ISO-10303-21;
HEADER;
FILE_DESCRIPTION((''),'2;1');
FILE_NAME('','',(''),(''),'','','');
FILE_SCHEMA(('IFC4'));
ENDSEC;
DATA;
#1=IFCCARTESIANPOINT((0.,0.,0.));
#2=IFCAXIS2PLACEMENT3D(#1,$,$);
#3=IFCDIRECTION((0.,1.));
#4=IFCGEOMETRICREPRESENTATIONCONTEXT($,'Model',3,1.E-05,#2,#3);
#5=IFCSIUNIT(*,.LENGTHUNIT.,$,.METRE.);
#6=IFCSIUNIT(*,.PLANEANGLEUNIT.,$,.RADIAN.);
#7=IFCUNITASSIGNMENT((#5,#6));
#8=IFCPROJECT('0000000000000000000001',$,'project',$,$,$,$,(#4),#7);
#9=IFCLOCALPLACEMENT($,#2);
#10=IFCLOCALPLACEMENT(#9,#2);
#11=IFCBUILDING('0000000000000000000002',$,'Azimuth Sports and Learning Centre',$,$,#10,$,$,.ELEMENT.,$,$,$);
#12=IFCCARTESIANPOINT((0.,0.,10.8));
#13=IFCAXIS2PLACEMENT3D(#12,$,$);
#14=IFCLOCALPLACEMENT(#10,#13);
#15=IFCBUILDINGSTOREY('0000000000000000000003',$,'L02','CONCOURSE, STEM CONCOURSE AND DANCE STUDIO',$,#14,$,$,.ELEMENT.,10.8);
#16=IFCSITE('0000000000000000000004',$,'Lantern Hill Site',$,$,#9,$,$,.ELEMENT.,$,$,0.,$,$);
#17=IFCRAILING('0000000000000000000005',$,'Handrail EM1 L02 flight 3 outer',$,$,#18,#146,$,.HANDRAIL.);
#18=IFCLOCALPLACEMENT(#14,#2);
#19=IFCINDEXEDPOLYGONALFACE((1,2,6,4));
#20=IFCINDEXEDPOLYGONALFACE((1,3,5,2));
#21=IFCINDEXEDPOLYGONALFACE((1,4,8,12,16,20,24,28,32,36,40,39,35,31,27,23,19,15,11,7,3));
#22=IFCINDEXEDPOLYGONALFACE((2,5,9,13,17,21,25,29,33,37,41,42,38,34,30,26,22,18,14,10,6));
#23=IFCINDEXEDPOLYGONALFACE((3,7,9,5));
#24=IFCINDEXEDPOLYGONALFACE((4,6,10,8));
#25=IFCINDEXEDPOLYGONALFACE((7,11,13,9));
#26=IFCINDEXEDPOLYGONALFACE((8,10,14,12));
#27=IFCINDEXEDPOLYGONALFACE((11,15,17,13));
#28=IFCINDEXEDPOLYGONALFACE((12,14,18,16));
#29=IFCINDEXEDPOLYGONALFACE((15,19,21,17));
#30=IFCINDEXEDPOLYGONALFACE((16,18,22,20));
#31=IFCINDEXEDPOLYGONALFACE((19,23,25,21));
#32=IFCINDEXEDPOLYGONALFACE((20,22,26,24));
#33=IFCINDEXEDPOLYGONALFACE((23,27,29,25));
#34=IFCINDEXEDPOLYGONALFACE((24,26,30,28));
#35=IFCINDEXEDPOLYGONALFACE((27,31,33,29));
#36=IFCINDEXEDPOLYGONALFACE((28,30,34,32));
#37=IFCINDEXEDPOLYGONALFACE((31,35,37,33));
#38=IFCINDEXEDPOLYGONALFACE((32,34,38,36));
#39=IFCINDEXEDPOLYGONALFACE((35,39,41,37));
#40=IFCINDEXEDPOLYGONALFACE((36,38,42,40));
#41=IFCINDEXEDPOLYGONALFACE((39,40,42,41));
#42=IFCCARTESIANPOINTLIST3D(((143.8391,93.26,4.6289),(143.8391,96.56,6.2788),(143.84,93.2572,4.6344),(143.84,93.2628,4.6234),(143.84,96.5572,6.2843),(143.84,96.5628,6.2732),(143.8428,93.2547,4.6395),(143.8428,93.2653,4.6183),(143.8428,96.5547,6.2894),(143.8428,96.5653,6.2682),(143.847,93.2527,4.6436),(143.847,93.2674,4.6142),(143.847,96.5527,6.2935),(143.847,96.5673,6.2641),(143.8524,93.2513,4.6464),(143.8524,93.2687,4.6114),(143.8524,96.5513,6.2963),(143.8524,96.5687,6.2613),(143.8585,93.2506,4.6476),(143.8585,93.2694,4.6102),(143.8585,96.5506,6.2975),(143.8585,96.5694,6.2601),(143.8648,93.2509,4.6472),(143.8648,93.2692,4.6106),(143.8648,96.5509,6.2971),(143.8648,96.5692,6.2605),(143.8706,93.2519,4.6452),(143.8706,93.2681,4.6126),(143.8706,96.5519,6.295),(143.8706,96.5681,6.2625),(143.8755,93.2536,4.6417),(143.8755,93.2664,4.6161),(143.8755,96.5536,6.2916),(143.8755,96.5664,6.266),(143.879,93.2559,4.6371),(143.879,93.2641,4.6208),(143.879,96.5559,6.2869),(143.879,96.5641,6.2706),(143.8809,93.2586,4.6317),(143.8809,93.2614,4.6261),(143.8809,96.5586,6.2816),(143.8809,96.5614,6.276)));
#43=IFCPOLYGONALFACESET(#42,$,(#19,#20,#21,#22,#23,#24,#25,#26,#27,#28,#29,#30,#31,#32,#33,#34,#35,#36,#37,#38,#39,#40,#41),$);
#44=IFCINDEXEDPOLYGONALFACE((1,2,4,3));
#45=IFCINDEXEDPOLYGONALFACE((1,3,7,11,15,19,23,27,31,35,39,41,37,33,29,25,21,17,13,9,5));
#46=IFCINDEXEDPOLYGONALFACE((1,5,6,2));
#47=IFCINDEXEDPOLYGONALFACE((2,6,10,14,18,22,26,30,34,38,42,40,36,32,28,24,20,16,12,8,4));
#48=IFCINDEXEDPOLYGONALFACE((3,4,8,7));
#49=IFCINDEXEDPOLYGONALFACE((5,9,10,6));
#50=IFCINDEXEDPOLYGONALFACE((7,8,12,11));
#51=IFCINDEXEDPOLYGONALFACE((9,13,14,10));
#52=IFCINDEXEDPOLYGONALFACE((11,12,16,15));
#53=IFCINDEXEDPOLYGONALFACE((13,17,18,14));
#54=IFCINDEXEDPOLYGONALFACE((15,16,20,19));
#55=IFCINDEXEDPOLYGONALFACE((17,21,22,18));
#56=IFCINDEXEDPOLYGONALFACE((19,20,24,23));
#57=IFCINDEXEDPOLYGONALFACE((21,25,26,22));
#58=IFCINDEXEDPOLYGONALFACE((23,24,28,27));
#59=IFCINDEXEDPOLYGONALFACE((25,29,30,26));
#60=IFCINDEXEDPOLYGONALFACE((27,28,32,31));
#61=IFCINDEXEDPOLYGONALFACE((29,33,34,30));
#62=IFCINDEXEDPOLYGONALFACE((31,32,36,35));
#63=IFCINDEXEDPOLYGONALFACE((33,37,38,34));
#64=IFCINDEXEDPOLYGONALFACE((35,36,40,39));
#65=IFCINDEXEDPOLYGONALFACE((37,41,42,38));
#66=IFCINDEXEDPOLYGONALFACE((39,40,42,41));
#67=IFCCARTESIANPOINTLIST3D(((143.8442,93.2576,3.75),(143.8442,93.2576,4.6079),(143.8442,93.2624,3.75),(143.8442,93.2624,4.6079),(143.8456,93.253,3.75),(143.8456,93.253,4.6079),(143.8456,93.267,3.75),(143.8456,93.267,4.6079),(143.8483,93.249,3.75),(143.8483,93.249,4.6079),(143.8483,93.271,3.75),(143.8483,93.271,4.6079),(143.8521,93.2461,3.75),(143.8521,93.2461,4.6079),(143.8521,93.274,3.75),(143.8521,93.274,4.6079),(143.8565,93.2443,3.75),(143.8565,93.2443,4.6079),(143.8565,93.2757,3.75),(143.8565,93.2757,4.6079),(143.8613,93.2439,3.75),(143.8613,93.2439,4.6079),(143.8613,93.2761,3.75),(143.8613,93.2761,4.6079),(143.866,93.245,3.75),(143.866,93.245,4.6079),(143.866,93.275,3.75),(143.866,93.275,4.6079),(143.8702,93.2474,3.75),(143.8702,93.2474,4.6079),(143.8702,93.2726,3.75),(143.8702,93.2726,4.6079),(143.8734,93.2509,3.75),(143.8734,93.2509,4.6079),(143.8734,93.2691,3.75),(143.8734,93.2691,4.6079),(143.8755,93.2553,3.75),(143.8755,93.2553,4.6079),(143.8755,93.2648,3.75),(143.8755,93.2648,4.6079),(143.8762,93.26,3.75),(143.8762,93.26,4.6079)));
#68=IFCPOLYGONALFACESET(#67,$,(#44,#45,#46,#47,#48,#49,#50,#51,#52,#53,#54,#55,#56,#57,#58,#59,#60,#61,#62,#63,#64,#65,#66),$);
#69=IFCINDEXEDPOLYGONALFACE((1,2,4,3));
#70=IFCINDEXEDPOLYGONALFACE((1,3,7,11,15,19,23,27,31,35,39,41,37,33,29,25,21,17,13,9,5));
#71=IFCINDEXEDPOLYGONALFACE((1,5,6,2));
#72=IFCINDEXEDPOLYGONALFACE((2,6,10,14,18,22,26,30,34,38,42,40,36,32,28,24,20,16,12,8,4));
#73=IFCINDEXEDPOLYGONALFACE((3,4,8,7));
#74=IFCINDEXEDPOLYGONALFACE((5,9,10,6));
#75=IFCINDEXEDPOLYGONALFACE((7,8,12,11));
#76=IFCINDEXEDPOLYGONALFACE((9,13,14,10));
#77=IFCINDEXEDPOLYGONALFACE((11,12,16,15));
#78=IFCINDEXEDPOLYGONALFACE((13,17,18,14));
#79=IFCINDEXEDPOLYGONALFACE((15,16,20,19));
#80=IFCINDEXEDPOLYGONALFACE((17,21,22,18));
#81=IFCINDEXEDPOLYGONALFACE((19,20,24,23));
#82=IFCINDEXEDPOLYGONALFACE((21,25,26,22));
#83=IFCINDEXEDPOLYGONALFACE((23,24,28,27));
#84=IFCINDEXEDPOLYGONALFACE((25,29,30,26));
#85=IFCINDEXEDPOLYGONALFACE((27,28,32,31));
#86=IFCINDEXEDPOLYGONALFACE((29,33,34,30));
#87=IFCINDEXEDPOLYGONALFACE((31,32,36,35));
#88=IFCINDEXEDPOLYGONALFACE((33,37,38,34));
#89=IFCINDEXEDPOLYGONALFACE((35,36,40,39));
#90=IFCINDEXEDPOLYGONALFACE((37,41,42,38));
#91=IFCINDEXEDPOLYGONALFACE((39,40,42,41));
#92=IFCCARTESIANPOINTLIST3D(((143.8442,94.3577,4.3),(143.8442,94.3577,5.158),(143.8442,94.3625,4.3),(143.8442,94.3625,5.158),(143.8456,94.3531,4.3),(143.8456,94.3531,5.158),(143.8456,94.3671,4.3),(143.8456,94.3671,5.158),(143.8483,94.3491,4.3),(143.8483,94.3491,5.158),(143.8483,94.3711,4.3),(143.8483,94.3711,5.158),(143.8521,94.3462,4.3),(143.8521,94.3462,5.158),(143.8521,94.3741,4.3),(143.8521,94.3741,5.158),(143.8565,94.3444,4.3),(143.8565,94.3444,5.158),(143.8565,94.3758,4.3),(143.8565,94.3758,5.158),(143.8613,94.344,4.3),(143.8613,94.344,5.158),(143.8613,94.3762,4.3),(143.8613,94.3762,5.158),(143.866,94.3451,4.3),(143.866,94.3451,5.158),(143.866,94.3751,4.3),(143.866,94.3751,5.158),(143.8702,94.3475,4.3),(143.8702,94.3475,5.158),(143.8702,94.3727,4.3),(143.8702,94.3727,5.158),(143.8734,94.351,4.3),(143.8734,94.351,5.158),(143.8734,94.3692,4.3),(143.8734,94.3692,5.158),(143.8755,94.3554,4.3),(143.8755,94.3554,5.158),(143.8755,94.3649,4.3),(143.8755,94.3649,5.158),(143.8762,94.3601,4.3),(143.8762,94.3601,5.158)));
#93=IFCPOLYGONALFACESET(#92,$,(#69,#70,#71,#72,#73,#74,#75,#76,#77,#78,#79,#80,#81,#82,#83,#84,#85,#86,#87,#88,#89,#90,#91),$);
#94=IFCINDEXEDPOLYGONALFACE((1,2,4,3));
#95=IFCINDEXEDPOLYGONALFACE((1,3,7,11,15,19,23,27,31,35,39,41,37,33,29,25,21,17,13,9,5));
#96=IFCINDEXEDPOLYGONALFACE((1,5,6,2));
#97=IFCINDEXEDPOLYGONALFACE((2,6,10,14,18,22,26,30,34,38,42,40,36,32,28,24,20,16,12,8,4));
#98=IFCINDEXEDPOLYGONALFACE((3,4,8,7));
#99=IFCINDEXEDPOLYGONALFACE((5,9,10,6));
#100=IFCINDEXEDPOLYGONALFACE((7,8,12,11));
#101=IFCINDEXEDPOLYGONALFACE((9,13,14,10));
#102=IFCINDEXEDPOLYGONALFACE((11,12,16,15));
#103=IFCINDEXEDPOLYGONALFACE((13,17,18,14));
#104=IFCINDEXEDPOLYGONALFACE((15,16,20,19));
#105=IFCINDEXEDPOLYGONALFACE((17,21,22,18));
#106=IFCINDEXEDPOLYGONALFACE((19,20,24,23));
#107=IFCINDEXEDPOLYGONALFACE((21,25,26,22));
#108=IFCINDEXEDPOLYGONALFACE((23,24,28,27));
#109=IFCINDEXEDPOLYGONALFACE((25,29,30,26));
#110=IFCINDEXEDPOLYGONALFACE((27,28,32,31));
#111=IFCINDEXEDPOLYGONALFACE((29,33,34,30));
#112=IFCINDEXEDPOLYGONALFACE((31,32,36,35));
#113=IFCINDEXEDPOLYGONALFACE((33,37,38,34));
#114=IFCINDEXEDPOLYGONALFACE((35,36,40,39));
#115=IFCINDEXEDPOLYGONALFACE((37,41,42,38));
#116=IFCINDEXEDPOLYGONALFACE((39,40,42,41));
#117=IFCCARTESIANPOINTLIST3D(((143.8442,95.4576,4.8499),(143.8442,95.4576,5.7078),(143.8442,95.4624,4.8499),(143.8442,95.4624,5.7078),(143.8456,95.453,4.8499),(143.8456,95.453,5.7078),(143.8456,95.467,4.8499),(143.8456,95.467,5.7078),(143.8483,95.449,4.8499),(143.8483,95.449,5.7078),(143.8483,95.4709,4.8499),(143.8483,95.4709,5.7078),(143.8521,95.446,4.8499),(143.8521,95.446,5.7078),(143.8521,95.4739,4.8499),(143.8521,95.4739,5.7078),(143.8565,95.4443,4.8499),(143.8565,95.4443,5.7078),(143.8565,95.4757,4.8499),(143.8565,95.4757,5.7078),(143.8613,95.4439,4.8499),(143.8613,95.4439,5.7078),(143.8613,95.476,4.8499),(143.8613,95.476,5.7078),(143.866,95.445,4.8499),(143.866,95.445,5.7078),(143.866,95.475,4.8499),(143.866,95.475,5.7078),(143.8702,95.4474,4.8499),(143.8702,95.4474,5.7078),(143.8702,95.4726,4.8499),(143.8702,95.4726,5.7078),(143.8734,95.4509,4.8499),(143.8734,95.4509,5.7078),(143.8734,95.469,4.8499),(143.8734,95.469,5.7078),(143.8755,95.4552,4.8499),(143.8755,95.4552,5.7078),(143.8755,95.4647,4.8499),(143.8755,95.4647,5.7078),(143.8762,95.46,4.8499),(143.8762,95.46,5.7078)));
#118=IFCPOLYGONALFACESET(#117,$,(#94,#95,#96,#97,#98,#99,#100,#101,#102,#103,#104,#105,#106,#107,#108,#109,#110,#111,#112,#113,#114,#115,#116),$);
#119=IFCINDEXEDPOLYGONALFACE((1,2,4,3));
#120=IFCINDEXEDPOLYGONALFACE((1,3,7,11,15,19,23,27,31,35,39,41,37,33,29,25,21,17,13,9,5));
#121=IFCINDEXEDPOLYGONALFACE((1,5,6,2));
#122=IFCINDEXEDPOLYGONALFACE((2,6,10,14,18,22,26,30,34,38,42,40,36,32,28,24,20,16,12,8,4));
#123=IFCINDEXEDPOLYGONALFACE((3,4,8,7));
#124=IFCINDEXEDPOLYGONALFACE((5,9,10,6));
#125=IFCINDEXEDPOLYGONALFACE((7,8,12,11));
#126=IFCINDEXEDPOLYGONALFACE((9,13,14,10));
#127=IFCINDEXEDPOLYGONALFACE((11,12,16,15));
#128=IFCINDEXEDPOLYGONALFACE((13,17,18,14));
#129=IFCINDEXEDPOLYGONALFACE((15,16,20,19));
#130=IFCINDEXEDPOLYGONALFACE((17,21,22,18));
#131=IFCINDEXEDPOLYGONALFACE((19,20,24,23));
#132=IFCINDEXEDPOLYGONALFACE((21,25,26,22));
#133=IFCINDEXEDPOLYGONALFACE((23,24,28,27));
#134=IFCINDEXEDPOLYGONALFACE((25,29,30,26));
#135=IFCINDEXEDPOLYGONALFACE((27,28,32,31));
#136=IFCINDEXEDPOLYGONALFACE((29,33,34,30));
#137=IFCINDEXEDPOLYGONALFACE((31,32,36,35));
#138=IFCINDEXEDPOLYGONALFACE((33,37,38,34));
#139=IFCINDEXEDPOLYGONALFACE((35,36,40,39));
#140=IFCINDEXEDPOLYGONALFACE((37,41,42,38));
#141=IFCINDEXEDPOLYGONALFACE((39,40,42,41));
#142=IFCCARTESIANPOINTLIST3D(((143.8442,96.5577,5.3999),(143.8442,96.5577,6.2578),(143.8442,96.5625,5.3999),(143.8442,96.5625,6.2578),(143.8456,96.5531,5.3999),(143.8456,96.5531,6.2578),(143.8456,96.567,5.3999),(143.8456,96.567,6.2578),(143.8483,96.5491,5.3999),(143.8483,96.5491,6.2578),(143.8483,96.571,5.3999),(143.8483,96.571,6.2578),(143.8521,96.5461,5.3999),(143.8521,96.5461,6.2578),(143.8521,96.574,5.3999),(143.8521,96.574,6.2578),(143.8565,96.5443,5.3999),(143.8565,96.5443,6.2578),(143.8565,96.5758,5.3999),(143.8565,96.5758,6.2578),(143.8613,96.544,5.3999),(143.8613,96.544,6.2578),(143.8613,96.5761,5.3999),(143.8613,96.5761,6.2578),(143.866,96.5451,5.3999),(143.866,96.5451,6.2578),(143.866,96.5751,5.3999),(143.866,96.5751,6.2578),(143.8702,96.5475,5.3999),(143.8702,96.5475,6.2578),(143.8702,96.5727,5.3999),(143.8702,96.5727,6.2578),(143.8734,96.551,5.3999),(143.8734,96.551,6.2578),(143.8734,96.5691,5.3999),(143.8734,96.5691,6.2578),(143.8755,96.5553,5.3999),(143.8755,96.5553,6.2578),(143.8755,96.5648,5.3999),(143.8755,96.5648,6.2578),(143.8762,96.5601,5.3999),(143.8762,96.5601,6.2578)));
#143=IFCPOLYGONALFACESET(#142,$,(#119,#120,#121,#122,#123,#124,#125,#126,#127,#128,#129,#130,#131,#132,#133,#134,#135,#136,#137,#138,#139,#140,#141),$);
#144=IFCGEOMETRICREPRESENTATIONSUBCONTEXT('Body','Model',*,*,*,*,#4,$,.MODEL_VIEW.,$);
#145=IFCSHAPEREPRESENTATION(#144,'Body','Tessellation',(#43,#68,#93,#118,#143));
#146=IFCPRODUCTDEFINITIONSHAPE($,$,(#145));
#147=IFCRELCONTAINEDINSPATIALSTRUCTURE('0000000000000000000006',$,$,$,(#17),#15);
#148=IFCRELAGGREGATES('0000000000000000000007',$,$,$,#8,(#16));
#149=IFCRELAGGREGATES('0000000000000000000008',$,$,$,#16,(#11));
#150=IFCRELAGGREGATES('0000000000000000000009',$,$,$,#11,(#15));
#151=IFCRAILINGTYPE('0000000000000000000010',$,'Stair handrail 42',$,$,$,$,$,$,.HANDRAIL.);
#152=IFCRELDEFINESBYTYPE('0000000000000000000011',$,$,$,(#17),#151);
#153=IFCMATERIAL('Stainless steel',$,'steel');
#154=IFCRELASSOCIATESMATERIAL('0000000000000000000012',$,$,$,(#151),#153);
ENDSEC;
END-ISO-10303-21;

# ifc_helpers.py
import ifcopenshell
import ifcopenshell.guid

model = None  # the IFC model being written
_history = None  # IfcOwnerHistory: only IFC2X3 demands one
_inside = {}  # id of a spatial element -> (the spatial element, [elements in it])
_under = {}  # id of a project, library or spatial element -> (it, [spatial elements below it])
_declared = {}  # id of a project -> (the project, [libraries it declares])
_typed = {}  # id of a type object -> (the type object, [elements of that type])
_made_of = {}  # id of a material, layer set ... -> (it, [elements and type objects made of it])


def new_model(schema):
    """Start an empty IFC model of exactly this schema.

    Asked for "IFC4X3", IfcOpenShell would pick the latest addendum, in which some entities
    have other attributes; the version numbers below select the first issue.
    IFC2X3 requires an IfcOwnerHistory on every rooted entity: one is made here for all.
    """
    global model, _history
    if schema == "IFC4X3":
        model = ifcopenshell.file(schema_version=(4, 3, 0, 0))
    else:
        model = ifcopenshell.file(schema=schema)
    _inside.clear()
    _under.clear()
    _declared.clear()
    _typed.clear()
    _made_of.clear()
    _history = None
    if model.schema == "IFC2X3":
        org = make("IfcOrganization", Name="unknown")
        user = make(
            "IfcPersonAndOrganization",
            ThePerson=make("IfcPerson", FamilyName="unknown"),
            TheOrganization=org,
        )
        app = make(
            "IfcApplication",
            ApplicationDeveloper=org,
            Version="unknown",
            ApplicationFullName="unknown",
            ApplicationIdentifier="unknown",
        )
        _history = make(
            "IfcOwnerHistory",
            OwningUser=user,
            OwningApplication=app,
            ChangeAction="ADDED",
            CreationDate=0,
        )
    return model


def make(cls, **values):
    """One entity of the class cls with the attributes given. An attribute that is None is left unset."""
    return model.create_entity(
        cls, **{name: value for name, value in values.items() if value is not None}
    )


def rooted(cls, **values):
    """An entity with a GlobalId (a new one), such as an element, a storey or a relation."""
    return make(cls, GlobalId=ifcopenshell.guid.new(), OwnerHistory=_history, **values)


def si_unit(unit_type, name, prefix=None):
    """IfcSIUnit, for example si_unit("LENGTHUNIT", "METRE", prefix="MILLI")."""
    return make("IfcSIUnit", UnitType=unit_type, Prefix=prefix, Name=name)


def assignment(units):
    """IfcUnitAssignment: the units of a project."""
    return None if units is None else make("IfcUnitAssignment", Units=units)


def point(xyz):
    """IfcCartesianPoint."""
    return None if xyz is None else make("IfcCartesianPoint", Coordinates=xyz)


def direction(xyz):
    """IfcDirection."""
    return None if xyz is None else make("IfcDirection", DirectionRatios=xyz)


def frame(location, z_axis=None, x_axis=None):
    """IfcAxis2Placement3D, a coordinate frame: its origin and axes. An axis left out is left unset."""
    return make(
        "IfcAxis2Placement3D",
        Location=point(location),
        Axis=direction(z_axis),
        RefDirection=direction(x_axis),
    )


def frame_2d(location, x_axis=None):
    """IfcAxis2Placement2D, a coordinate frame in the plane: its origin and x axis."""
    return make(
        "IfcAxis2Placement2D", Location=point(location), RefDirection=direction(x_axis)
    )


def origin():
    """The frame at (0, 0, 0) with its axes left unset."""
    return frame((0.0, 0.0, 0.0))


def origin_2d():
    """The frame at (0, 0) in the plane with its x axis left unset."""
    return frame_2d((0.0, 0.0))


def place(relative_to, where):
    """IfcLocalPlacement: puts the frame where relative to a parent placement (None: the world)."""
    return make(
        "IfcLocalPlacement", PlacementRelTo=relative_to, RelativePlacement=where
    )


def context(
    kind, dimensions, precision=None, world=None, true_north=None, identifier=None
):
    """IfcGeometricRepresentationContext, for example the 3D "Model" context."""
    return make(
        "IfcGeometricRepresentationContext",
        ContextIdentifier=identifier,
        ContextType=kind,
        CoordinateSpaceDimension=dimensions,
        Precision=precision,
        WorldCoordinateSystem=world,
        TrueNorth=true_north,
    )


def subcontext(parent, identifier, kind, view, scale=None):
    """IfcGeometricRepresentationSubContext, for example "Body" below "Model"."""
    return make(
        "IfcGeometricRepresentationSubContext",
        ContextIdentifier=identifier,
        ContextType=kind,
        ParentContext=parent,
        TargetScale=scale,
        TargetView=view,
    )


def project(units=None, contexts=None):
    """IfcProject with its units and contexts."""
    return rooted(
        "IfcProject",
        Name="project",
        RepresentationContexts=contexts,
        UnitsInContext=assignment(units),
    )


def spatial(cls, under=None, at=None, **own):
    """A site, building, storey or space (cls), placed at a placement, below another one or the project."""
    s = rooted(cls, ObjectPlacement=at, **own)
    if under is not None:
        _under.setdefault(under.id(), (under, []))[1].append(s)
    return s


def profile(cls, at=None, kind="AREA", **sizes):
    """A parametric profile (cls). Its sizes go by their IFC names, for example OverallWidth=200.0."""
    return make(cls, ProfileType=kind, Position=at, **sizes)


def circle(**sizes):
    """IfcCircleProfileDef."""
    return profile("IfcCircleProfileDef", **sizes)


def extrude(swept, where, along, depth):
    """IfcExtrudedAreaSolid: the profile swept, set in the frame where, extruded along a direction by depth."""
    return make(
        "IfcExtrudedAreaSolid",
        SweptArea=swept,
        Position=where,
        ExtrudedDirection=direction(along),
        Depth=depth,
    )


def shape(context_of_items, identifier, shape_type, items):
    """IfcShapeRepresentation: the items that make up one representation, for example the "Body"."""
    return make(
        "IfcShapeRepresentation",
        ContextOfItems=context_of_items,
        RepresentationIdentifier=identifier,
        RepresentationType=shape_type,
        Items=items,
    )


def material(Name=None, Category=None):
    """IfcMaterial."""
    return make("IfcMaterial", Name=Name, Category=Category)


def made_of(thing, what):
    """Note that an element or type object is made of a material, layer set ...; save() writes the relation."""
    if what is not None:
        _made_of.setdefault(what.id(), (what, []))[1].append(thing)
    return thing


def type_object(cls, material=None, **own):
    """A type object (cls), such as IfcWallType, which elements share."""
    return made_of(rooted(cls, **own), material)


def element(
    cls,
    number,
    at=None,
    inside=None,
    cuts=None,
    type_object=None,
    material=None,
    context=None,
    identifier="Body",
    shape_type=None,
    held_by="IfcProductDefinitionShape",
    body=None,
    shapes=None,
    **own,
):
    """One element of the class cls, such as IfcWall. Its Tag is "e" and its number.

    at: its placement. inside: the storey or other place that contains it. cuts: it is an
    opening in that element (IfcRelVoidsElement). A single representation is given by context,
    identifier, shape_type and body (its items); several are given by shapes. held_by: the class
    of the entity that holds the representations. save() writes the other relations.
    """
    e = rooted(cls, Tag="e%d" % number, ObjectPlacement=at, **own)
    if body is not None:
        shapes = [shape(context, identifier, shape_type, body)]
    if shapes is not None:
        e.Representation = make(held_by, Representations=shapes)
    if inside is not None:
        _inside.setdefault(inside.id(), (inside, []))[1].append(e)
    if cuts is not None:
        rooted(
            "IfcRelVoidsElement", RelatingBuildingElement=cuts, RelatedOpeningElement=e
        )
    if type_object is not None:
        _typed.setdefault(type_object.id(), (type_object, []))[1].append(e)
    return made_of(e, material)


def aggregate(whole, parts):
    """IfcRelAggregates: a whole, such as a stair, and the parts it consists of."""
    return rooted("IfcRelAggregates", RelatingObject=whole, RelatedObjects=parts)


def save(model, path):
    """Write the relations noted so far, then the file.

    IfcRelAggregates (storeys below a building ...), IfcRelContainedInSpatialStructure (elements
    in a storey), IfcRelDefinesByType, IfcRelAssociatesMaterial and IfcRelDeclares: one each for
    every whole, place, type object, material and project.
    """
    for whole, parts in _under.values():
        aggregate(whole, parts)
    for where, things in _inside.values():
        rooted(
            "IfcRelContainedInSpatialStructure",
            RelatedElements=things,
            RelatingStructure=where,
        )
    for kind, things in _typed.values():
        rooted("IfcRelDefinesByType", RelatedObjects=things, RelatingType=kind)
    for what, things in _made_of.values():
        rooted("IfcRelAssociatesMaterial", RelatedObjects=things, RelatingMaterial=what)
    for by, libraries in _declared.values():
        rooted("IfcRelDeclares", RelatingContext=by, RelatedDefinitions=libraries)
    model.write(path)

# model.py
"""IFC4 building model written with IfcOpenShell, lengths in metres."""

from ifc_helpers import new_model, si_unit, direction, frame, origin, origin_2d, place, context, subcontext, project, spatial, circle, extrude, material, type_object, element, save


model = new_model("IFC4")

# Units and contexts
model_context = context("Model", 3, precision=1e-05, world=origin(), true_north=direction((0.0, 1.0)))
body_context = subcontext(model_context, "Body", "Model", "MODEL_VIEW")
ifc_project = project(units=[si_unit("LENGTHUNIT", "METRE"), si_unit("PLANEANGLEUNIT", "RADIAN")], contexts=[model_context])

# Site, building, storey
site_placement = place(None, origin())
site = spatial("IfcSite", under=ifc_project, at=site_placement, Name="Lantern Hill Site", CompositionType="ELEMENT", RefElevation=0.0)
building_placement = place(site_placement, origin())
building = spatial("IfcBuilding", under=site, at=building_placement, Name="Azimuth Sports and Learning Centre", CompositionType="ELEMENT")
storey_placement = place(building_placement, frame((0.0, 0.0, 10.8)))
storey = spatial("IfcBuildingStorey", under=building, at=storey_placement, Name="L02", Description="CONCOURSE, STEM CONCOURSE AND DANCE STUDIO", CompositionType="ELEMENT", Elevation=10.8)

# Railing
ifc_material_1 = material(Name="Stainless steel", Category="steel")
railing_type_1 = type_object("IfcRailingType", Name="Stair handrail 42", PredefinedType="HANDRAIL", material=ifc_material_1)
for number, where, name in (
    (1, (143.8601, 93.26, 3.75), "Handrail EM1 L02 flight 3 outer"),
):
    element("IfcRailing", number, at=place(storey_placement, frame(where)), inside=storey, type_object=railing_type_1, Name=name, PredefinedType="HANDRAIL", context=body_context, shape_type="SweptSolid", body=[
        extrude(circle(Radius=0.021, at=origin_2d()), frame((0.0, 0.0, 0.8789), z_axis=(0.0, 0.89444, 0.447187), x_axis=(-1.0, 0.0, 0.0)), (0.0, 0.0, 1.0), 3.6895),
        extrude(circle(Radius=0.0161, at=origin_2d()), origin(), (0.0, 0.0, 1.0), 0.8579),
        extrude(circle(Radius=0.0161, at=origin_2d()), frame((0.0, 1.1001, 0.55)), (0.0, 0.0, 1.0), 0.8579),
        extrude(circle(Radius=0.0161, at=origin_2d()), frame((0.0, 2.2, 1.0999)), (0.0, 0.0, 1.0), 0.8579),
        extrude(circle(Radius=0.0161, at=origin_2d()), frame((0.0, 3.3, 1.6499)), (0.0, 0.0, 1.0), 0.8579),
    ])

save(model, "model.ifc")
